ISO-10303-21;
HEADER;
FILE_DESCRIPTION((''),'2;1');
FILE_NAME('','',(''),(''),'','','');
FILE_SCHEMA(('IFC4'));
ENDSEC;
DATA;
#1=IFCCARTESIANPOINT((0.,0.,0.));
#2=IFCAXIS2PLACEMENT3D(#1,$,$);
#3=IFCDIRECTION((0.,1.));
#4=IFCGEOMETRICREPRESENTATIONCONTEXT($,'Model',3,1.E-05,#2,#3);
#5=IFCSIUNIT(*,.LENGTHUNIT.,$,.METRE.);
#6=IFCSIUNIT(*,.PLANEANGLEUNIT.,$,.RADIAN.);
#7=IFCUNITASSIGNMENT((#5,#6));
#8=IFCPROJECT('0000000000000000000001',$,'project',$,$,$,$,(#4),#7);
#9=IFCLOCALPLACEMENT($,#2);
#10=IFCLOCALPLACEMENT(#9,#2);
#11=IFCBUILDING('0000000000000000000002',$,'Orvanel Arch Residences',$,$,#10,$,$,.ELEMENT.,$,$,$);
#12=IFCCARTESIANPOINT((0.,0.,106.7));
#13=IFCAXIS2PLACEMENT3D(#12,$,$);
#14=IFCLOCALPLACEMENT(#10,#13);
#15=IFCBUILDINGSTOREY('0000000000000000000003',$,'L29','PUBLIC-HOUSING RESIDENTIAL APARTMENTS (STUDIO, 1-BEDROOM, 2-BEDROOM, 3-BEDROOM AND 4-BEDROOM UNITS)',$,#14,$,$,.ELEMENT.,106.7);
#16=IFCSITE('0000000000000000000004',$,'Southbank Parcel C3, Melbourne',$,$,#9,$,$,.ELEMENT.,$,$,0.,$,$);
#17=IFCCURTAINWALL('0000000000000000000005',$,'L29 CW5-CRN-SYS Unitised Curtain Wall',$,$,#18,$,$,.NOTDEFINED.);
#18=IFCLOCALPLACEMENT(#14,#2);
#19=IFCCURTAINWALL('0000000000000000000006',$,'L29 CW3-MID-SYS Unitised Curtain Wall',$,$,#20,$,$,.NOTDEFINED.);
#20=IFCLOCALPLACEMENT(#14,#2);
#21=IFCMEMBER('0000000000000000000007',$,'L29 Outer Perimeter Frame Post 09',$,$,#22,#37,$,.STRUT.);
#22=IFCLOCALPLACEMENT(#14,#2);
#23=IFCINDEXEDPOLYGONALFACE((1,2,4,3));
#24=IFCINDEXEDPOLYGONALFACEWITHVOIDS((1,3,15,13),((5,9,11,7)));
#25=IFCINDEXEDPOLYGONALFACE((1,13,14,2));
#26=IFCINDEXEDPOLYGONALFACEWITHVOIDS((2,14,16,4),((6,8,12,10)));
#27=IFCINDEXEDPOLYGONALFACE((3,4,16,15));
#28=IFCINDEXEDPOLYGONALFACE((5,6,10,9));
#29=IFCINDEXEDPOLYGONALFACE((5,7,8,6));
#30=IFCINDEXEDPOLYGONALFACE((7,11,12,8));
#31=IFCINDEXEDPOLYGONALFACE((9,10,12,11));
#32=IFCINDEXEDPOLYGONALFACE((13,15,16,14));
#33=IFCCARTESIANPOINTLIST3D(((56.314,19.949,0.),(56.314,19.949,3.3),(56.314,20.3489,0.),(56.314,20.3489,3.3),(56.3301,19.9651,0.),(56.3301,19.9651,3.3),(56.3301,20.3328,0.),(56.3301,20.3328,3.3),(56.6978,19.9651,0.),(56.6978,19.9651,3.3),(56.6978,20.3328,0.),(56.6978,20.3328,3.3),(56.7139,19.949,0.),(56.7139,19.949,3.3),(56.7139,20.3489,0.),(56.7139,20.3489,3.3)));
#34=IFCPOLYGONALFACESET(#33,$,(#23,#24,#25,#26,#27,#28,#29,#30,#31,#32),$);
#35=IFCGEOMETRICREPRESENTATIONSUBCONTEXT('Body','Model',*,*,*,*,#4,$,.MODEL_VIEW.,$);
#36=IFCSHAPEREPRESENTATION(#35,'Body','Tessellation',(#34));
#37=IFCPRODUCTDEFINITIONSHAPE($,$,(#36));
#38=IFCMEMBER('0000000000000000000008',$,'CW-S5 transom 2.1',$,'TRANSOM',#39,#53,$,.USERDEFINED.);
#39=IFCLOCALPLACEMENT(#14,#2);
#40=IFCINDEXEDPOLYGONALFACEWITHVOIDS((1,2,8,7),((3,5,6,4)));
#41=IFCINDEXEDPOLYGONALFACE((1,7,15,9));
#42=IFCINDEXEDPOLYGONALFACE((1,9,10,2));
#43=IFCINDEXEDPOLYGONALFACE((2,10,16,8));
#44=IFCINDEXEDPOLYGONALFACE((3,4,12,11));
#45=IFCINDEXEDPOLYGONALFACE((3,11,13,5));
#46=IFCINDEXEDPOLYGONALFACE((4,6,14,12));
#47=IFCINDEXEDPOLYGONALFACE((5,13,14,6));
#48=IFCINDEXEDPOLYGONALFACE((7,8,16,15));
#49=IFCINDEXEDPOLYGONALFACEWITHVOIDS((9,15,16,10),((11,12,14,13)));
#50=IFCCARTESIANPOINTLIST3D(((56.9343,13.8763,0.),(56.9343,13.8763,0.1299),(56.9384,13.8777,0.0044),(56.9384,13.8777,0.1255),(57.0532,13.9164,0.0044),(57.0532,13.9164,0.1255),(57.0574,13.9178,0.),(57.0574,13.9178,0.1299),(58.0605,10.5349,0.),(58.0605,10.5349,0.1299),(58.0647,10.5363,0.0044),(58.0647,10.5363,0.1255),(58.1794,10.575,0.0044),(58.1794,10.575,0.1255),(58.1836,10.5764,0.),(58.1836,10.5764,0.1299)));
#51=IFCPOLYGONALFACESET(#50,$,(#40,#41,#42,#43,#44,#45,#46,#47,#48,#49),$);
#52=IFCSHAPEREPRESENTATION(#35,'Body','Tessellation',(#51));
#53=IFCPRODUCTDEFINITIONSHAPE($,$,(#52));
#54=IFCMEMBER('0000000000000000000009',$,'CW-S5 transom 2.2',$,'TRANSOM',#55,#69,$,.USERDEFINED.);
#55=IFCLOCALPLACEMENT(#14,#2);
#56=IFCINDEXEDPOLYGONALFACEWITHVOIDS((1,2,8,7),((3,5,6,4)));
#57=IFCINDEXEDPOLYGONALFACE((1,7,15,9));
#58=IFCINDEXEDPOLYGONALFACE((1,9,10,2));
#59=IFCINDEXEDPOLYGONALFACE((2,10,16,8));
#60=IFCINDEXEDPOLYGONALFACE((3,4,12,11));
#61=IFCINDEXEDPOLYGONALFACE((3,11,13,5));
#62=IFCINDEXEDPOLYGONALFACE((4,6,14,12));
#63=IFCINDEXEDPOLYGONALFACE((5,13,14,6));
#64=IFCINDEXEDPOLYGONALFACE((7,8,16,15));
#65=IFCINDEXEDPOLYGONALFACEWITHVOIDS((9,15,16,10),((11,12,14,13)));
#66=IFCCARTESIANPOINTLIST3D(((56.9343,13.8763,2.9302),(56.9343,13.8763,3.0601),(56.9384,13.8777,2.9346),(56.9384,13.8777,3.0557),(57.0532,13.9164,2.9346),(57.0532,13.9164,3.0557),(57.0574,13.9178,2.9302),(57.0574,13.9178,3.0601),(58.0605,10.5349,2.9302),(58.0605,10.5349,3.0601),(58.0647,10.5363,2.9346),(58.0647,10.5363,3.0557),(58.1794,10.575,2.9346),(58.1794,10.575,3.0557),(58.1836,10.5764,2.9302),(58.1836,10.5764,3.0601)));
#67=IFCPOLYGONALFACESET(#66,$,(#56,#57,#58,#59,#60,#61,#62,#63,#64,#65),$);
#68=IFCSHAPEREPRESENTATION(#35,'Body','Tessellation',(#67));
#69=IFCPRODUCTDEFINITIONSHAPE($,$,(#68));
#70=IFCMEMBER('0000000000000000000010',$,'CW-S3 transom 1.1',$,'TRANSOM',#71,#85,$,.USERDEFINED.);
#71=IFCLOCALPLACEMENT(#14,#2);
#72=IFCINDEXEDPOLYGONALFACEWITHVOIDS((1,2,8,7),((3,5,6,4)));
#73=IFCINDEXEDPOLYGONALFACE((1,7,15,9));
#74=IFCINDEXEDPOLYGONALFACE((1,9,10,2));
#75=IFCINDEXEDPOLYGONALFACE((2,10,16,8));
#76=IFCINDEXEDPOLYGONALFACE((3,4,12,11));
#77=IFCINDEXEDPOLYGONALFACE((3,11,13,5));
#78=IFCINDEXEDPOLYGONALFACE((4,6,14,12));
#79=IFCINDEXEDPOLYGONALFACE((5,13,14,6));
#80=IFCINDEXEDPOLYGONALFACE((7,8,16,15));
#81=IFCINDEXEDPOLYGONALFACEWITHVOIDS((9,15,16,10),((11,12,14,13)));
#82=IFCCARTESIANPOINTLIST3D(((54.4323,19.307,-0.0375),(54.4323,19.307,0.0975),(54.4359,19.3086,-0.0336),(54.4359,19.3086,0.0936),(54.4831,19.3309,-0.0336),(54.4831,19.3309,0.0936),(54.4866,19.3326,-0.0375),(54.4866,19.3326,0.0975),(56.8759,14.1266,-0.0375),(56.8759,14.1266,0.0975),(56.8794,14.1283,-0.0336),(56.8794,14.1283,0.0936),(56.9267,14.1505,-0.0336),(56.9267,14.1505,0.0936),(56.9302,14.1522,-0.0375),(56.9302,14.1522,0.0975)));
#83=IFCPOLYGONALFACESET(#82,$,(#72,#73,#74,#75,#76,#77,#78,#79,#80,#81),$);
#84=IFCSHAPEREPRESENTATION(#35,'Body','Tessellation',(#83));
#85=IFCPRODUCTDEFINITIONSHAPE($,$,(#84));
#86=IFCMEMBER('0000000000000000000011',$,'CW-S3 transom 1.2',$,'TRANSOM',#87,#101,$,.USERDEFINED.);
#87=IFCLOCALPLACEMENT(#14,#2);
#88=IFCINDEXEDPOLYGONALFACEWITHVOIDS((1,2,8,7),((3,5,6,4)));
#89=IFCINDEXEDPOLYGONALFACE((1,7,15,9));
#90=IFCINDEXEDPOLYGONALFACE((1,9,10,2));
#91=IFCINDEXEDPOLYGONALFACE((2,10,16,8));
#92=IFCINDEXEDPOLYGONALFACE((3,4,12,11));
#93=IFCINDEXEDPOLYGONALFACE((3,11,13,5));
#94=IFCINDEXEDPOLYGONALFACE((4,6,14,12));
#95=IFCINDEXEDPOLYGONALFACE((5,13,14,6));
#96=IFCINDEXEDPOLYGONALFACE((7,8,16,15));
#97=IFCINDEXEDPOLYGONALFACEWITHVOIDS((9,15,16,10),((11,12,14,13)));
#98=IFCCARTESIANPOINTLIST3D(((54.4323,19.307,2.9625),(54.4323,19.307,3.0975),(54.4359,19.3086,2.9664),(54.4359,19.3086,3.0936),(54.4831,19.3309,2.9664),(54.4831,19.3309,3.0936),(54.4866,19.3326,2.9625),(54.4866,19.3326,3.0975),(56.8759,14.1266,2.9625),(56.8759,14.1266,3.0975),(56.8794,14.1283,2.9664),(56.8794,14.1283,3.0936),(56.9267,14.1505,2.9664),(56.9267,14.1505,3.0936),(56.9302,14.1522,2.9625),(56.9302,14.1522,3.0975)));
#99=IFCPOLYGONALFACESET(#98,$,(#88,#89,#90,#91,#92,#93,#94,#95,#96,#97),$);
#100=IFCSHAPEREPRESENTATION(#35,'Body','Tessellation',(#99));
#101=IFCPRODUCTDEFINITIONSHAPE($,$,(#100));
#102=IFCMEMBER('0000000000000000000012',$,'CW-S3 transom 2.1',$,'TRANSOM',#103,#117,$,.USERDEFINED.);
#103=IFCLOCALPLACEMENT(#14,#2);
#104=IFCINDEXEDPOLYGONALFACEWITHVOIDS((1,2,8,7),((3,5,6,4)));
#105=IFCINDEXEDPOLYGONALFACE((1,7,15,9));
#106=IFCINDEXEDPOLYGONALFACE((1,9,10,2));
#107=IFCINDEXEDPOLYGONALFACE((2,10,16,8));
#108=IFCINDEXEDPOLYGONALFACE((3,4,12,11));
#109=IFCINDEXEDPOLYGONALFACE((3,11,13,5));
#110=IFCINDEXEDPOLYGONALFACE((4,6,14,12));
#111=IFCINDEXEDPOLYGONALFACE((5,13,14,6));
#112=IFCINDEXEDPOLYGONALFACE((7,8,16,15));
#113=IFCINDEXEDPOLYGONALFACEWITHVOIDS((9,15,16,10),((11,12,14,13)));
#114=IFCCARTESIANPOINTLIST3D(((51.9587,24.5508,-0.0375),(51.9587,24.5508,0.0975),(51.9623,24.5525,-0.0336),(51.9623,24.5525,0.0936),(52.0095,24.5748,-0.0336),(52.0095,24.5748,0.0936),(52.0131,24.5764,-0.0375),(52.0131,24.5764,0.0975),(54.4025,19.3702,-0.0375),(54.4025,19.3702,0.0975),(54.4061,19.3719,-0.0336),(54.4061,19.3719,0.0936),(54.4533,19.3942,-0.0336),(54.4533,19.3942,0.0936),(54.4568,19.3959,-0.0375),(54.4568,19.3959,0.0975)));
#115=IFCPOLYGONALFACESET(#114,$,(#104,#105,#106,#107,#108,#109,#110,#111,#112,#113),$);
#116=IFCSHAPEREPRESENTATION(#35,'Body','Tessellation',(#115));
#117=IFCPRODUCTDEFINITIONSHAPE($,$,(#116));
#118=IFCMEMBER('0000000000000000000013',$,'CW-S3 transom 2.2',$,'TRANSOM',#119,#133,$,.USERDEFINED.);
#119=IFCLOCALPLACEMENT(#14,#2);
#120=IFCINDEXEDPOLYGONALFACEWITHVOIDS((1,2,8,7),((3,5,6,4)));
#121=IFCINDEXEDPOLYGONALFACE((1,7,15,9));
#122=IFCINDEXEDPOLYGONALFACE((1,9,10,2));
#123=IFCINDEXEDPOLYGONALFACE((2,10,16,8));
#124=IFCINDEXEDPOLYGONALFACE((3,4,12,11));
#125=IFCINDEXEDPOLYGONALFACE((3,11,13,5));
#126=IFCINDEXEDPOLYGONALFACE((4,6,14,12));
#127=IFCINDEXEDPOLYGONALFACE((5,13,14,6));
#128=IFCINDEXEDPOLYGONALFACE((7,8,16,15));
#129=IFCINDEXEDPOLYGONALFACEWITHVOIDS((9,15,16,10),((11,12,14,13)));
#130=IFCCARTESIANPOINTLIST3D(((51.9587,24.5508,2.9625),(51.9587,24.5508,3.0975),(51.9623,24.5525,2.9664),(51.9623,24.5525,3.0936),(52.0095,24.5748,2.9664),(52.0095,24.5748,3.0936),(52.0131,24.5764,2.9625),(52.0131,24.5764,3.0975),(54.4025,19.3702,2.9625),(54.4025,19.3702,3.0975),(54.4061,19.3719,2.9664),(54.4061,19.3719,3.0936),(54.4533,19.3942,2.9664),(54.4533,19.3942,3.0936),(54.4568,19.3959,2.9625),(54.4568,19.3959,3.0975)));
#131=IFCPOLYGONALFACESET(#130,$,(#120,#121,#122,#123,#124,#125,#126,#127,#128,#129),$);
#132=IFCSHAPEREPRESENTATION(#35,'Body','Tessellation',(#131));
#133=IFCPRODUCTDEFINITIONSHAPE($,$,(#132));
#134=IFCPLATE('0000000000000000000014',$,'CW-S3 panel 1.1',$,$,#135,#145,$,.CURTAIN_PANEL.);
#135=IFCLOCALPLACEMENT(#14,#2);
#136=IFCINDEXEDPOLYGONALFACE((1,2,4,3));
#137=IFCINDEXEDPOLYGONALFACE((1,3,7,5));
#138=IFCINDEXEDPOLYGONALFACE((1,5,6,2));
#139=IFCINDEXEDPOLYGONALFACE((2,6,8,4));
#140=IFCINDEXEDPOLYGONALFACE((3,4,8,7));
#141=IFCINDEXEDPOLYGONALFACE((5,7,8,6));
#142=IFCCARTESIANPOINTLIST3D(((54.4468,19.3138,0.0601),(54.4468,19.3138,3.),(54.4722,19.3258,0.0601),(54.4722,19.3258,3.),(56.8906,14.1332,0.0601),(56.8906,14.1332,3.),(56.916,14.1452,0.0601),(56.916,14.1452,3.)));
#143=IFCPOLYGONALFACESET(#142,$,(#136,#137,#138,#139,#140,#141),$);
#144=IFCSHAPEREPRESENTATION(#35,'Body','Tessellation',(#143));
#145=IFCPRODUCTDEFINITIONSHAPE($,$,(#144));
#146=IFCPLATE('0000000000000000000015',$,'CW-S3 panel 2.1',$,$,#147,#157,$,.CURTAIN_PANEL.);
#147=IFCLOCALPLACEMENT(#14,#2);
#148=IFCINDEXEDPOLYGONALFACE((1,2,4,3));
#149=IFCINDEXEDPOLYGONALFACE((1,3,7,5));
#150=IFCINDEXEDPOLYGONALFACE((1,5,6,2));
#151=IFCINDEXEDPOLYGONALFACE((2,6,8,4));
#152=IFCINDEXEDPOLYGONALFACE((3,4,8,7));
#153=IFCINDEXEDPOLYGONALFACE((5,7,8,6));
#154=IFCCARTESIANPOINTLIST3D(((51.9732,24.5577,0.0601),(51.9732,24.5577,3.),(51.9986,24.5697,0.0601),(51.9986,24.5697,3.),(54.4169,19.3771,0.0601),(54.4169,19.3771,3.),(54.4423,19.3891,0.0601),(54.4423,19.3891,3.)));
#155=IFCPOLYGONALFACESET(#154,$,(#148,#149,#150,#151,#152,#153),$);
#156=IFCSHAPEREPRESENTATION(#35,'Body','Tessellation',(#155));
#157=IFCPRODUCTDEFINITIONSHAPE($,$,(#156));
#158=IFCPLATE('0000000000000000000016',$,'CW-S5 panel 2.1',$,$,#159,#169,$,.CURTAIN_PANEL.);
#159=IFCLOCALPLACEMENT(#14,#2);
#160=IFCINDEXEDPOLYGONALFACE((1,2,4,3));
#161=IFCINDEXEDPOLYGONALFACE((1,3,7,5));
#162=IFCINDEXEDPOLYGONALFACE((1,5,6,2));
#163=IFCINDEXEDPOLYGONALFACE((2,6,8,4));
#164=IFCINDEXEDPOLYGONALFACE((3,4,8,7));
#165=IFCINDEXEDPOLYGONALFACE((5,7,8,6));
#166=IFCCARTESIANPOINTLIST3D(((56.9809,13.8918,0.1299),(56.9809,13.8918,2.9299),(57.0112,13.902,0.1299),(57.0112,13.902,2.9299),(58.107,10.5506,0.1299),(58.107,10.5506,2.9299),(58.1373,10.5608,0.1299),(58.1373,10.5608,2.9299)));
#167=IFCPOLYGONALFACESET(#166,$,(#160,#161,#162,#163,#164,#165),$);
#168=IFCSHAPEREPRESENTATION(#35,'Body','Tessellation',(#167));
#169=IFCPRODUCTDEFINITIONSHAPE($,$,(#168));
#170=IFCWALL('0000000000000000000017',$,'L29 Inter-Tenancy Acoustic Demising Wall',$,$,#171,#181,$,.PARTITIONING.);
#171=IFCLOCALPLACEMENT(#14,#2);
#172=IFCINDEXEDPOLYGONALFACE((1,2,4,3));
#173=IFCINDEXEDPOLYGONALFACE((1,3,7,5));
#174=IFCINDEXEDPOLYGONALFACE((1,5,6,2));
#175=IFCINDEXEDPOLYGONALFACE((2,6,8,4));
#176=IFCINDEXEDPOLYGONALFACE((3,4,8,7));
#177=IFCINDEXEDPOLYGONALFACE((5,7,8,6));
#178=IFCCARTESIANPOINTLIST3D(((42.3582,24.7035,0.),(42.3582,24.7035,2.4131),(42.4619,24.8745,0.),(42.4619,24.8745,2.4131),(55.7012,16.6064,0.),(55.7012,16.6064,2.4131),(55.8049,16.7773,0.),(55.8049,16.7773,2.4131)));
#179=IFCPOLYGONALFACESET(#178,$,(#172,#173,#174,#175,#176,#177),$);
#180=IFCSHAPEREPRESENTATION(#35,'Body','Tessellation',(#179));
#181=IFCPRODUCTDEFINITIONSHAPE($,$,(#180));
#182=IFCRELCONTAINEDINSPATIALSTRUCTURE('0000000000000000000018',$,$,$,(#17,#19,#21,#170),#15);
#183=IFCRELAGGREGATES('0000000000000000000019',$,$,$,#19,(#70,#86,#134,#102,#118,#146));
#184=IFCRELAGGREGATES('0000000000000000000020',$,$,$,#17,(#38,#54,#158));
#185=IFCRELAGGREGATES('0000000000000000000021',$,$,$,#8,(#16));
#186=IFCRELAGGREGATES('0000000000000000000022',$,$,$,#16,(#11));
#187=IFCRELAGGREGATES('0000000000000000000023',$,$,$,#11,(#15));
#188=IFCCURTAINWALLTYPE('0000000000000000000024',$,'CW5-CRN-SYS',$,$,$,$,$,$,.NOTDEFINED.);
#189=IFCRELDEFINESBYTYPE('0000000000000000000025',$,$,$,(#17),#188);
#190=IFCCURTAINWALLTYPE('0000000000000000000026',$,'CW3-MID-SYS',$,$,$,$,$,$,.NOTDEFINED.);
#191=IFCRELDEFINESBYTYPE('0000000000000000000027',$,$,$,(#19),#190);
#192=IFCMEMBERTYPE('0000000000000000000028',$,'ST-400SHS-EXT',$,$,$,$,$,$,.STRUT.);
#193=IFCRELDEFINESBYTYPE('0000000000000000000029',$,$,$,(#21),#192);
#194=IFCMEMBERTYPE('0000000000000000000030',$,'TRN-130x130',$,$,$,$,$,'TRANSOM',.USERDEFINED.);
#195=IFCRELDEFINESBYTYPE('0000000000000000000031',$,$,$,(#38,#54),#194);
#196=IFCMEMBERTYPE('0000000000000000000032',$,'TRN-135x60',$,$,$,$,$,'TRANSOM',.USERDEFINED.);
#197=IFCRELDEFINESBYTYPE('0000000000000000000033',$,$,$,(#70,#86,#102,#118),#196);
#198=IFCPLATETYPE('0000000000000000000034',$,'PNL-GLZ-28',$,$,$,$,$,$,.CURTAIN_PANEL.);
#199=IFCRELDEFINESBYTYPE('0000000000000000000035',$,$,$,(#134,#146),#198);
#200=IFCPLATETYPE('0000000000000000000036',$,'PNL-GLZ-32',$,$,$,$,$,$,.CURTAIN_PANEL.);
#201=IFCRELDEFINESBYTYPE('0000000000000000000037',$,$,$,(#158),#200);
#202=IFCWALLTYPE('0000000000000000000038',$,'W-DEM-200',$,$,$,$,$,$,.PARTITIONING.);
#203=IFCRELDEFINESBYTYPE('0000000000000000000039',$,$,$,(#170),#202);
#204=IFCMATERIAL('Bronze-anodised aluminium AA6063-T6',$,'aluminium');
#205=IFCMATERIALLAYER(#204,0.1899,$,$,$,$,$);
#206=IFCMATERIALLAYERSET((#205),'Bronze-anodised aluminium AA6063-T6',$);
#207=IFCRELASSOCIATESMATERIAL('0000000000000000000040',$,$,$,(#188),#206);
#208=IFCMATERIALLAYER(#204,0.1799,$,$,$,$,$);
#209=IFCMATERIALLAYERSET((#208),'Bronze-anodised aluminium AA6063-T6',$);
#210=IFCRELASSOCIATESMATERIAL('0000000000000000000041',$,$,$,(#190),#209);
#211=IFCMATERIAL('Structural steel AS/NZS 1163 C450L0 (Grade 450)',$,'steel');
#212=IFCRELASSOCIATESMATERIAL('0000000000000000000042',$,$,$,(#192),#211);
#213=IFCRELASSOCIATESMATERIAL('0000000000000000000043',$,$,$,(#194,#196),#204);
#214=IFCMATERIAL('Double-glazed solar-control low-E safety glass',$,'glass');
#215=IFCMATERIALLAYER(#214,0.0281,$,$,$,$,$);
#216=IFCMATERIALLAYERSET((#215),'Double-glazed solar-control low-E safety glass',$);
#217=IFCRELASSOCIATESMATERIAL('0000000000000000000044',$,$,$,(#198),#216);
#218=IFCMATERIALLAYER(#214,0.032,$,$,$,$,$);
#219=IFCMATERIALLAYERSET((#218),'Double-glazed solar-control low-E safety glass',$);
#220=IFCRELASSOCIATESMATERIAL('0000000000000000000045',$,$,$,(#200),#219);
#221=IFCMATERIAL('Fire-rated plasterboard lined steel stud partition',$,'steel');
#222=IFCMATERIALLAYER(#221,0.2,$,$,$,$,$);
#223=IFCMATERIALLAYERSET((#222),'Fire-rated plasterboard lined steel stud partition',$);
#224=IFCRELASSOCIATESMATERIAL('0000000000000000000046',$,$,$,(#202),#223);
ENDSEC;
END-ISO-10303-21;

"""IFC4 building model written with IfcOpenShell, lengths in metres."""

from ifc_helpers import new_model, si_unit, direction, frame, frame_2d, origin, origin_2d, place, context, subcontext, project, spatial, rectangle, hollow_rectangle, extrude, material, layer, layer_set, material_profile, profile_set, type_object, element, aggregate, save


model = new_model("IFC4")

# Units and contexts
model_context = context("Model", 3, precision=1e-05, world=origin(), true_north=direction((0.0, 1.0)))
body_context = subcontext(model_context, "Body", "Model", "MODEL_VIEW")
ifc_project = project(units=[si_unit("LENGTHUNIT", "METRE"), si_unit("PLANEANGLEUNIT", "RADIAN")], contexts=[model_context])

# Site, building, storey
site_placement = place(None, origin())
site = spatial("IfcSite", under=ifc_project, at=site_placement, Name="Southbank Parcel C3, Melbourne", CompositionType="ELEMENT", RefElevation=0.0)
building_placement = place(site_placement, origin())
building = spatial("IfcBuilding", under=site, at=building_placement, Name="Orvanel Arch Residences", CompositionType="ELEMENT")
storey_placement = place(building_placement, frame((0.0, 0.0, 106.7)))
storey = spatial("IfcBuildingStorey", under=building, at=storey_placement, Name="L29", Description="PUBLIC-HOUSING RESIDENTIAL APARTMENTS (STUDIO, 1-BEDROOM, 2-BEDROOM, 3-BEDROOM AND 4-BEDROOM UNITS)", CompositionType="ELEMENT", Elevation=106.7)

# Curtain walls
ifc_material_1 = material(Name="Bronze-anodised aluminium AA6063-T6", Category="aluminium")
ifc_layer_1 = layer(ifc_material_1, 0.1899)
ifc_layer_set_1 = layer_set([ifc_layer_1], Name="Bronze-anodised aluminium AA6063-T6")
curtain_wall_type_1 = type_object("IfcCurtainWallType", Name="CW5-CRN-SYS", PredefinedType="NOTDEFINED", material=ifc_layer_set_1)
curtain_wall_1_placement = place(storey_placement, origin())
curtain_wall_1 = element("IfcCurtainWall", 1, at=curtain_wall_1_placement, inside=storey, type_object=curtain_wall_type_1, Name="L29 CW5-CRN-SYS Unitised Curtain Wall", PredefinedType="NOTDEFINED")
ifc_layer_2 = layer(ifc_material_1, 0.1799)
ifc_layer_set_2 = layer_set([ifc_layer_2], Name="Bronze-anodised aluminium AA6063-T6")
curtain_wall_type_2 = type_object("IfcCurtainWallType", Name="CW3-MID-SYS", PredefinedType="NOTDEFINED", material=ifc_layer_set_2)
curtain_wall_2_placement = place(storey_placement, origin())
curtain_wall_2 = element("IfcCurtainWall", 2, at=curtain_wall_2_placement, inside=storey, type_object=curtain_wall_type_2, Name="L29 CW3-MID-SYS Unitised Curtain Wall", PredefinedType="NOTDEFINED")

# Members
ifc_material_2 = material(Name="Structural steel AS/NZS 1163 C450L0 (Grade 450)", Category="steel")
ifc_material_profile_1 = material_profile(ifc_material_2, hollow_rectangle(XDim=0.3999, YDim=0.3999, WallThickness=0.0161, at=origin_2d()), Name="SHS400x400x16")
ifc_profile_set_1 = profile_set([ifc_material_profile_1], Name="Structural steel AS/NZS 1163 C450L0 (Grade 450)")
member_type_1 = type_object("IfcMemberType", Name="ST-400SHS-EXT", PredefinedType="STRUT", material=ifc_profile_set_1)
member_1_placement = place(storey_placement, frame((56.5139, 20.1489, 0.0), z_axis=(0.0, 0.0, 1.0), x_axis=(1.0, 0.0, 0.0)))
element("IfcMember", 3, at=member_1_placement, inside=storey, type_object=member_type_1, Name="L29 Outer Perimeter Frame Post 09", PredefinedType="STRUT", context=body_context, shape_type="SweptSolid", body=[
    extrude(hollow_rectangle(XDim=0.3999, YDim=0.3999, WallThickness=0.0161, at=origin_2d()), origin(), (0.0, 0.0, 1.0), 3.3),
])
ifc_material_profile_2 = material_profile(ifc_material_1, hollow_rectangle(XDim=0.1299, YDim=0.1299, WallThickness=0.0044, at=origin_2d()), Name="ALU130x130x4.5")
ifc_profile_set_2 = profile_set([ifc_material_profile_2], Name="Bronze-anodised aluminium AA6063-T6")
member_type_2 = type_object("IfcMemberType", Name="TRN-130x130", ElementType="TRANSOM", PredefinedType="USERDEFINED", material=ifc_profile_set_2)
member_2_placement = place(storey_placement, frame((58.1221, 10.5557, 0.0649), z_axis=(-0.319404, 0.947619, 0.0), x_axis=(-0.947619, -0.319404, 0.0)))
member_2 = element("IfcMember", 4, at=member_2_placement, type_object=member_type_2, Name="CW-S5 transom 2.1", ObjectType="TRANSOM", PredefinedType="USERDEFINED", context=body_context, shape_type="SweptSolid", body=[
    extrude(hollow_rectangle(XDim=0.1299, YDim=0.1299, WallThickness=0.0044, at=origin_2d()), origin(), (0.0, 0.0, 1.0), 3.5261),
])
member_3_placement = place(storey_placement, frame((58.1221, 10.5557, 2.9951), z_axis=(-0.319404, 0.947619, 0.0), x_axis=(-0.947619, -0.319404, 0.0)))
member_3 = element("IfcMember", 5, at=member_3_placement, type_object=member_type_2, Name="CW-S5 transom 2.2", ObjectType="TRANSOM", PredefinedType="USERDEFINED", context=body_context, shape_type="SweptSolid", body=[
    extrude(hollow_rectangle(XDim=0.1299, YDim=0.1299, WallThickness=0.0044, at=origin_2d()), origin(), (0.0, 0.0, 1.0), 3.5261),
])
ifc_material_profile_3 = material_profile(ifc_material_1, hollow_rectangle(XDim=0.0601, YDim=0.135, WallThickness=0.0039, at=origin_2d()), Name="ALU135x60x4")
ifc_profile_set_3 = profile_set([ifc_material_profile_3], Name="Bronze-anodised aluminium AA6063-T6")
member_type_3 = type_object("IfcMemberType", Name="TRN-135x60", ElementType="TRANSOM", PredefinedType="USERDEFINED", material=ifc_profile_set_3)
member_4_placement = place(storey_placement, frame((56.9031, 14.1394, 0.03), z_axis=(-0.42662, 0.904431, 0.0), x_axis=(-0.904431, -0.42662, 0.0)))
member_4 = element("IfcMember", 6, at=member_4_placement, type_object=member_type_3, Name="CW-S3 transom 1.1", ObjectType="TRANSOM", PredefinedType="USERDEFINED", context=body_context, shape_type="SweptSolid", body=[
    extrude(hollow_rectangle(XDim=0.0601, YDim=0.135, WallThickness=0.0039, at=origin_2d()), origin(), (0.0, 0.0, 1.0), 5.7278),
])
member_5_placement = place(storey_placement, frame((56.9031, 14.1394, 3.03), z_axis=(-0.42662, 0.904431, 0.0), x_axis=(-0.904431, -0.42662, 0.0)))
member_5 = element("IfcMember", 7, at=member_5_placement, type_object=member_type_3, Name="CW-S3 transom 1.2", ObjectType="TRANSOM", PredefinedType="USERDEFINED", context=body_context, shape_type="SweptSolid", body=[
    extrude(hollow_rectangle(XDim=0.0601, YDim=0.135, WallThickness=0.0039, at=origin_2d()), origin(), (0.0, 0.0, 1.0), 5.7278),
])
member_6_placement = place(storey_placement, frame((54.4297, 19.3831, 0.03), z_axis=(-0.426638, 0.904422, 0.0), x_axis=(-0.904422, -0.426638, 0.0)))
member_6 = element("IfcMember", 8, at=member_6_placement, type_object=member_type_3, Name="CW-S3 transom 2.1", ObjectType="TRANSOM", PredefinedType="USERDEFINED", context=body_context, shape_type="SweptSolid", body=[
    extrude(hollow_rectangle(XDim=0.0601, YDim=0.135, WallThickness=0.0039, at=origin_2d()), origin(), (0.0, 0.0, 1.0), 5.728),
])
member_7_placement = place(storey_placement, frame((54.4297, 19.3831, 3.03), z_axis=(-0.426638, 0.904422, 0.0), x_axis=(-0.904422, -0.426638, 0.0)))
member_7 = element("IfcMember", 9, at=member_7_placement, type_object=member_type_3, Name="CW-S3 transom 2.2", ObjectType="TRANSOM", PredefinedType="USERDEFINED", context=body_context, shape_type="SweptSolid", body=[
    extrude(hollow_rectangle(XDim=0.0601, YDim=0.135, WallThickness=0.0039, at=origin_2d()), origin(), (0.0, 0.0, 1.0), 5.728),
])

# Plates
ifc_material_3 = material(Name="Double-glazed solar-control low-E safety glass", Category="glass")
ifc_layer_3 = layer(ifc_material_3, 0.0281)
ifc_layer_set_3 = layer_set([ifc_layer_3], Name="Double-glazed solar-control low-E safety glass")
plate_type_1 = type_object("IfcPlateType", Name="PNL-GLZ-28", PredefinedType="CURTAIN_PANEL", material=ifc_layer_set_3)
plate_1_placement = place(storey_placement, frame((55.6814, 16.7295, 0.0601), z_axis=(0.0, 0.0, 1.0), x_axis=(-0.426627, 0.904428, 0.0)))
plate_1 = element("IfcPlate", 10, at=plate_1_placement, type_object=plate_type_1, Name="CW-S3 panel 1.1", PredefinedType="CURTAIN_PANEL", context=body_context, shape_type="SweptSolid", body=[
    extrude(rectangle(XDim=5.728, YDim=0.0281, at=origin_2d()), origin(), (0.0, 0.0, 1.0), 2.9399),
])
plate_2_placement = place(storey_placement, frame((53.2078, 21.9734, 0.0601), z_axis=(0.0, 0.0, 1.0), x_axis=(-0.426627, 0.904428, 0.0)))
plate_2 = element("IfcPlate", 11, at=plate_2_placement, type_object=plate_type_1, Name="CW-S3 panel 2.1", PredefinedType="CURTAIN_PANEL", context=body_context, shape_type="SweptSolid", body=[
    extrude(rectangle(XDim=5.728, YDim=0.0281, at=origin_2d()), origin(), (0.0, 0.0, 1.0), 2.9399),
])
aggregate(curtain_wall_2, [member_4, member_5, plate_1, member_6, member_7, plate_2])
ifc_layer_4 = layer(ifc_material_3, 0.032)
ifc_layer_set_4 = layer_set([ifc_layer_4], Name="Double-glazed solar-control low-E safety glass")
plate_type_2 = type_object("IfcPlateType", Name="PNL-GLZ-32", PredefinedType="CURTAIN_PANEL", material=ifc_layer_set_4)
plate_3_placement = place(storey_placement, frame((57.5591, 12.2263, 0.1299), z_axis=(0.0, 0.0, 1.0), x_axis=(-0.319385, 0.947625, 0.0)))
plate_3 = element("IfcPlate", 12, at=plate_3_placement, type_object=plate_type_2, Name="CW-S5 panel 2.1", PredefinedType="CURTAIN_PANEL", context=body_context, shape_type="SweptSolid", body=[
    extrude(rectangle(XDim=3.5259, YDim=0.032, at=origin_2d()), origin(), (0.0, 0.0, 1.0), 2.8),
])
aggregate(curtain_wall_1, [member_2, member_3, plate_3])

# Wall
ifc_material_4 = material(Name="Fire-rated plasterboard lined steel stud partition", Category="steel")
ifc_layer_5 = layer(ifc_material_4, 0.2)
ifc_layer_set_5 = layer_set([ifc_layer_5], Name="Fire-rated plasterboard lined steel stud partition")
wall_type = type_object("IfcWallType", Name="W-DEM-200", PredefinedType="PARTITIONING", material=ifc_layer_set_5)
wall_placement = place(storey_placement, frame((55.7529, 16.6919, 0.0), z_axis=(0.0, 0.0, 1.0), x_axis=(-0.8549, 0.518793, 0.0)))
element("IfcWall", 13, at=wall_placement, inside=storey, type_object=wall_type, Name="L29 Inter-Tenancy Acoustic Demising Wall", PredefinedType="PARTITIONING", context=body_context, shape_type="SweptSolid", body=[
    extrude(rectangle(XDim=15.6077, YDim=0.2, at=frame_2d((7.8037, 0.0))), origin(), (0.0, 0.0, 1.0), 2.4131),
])

save(model, "model.ifc")
